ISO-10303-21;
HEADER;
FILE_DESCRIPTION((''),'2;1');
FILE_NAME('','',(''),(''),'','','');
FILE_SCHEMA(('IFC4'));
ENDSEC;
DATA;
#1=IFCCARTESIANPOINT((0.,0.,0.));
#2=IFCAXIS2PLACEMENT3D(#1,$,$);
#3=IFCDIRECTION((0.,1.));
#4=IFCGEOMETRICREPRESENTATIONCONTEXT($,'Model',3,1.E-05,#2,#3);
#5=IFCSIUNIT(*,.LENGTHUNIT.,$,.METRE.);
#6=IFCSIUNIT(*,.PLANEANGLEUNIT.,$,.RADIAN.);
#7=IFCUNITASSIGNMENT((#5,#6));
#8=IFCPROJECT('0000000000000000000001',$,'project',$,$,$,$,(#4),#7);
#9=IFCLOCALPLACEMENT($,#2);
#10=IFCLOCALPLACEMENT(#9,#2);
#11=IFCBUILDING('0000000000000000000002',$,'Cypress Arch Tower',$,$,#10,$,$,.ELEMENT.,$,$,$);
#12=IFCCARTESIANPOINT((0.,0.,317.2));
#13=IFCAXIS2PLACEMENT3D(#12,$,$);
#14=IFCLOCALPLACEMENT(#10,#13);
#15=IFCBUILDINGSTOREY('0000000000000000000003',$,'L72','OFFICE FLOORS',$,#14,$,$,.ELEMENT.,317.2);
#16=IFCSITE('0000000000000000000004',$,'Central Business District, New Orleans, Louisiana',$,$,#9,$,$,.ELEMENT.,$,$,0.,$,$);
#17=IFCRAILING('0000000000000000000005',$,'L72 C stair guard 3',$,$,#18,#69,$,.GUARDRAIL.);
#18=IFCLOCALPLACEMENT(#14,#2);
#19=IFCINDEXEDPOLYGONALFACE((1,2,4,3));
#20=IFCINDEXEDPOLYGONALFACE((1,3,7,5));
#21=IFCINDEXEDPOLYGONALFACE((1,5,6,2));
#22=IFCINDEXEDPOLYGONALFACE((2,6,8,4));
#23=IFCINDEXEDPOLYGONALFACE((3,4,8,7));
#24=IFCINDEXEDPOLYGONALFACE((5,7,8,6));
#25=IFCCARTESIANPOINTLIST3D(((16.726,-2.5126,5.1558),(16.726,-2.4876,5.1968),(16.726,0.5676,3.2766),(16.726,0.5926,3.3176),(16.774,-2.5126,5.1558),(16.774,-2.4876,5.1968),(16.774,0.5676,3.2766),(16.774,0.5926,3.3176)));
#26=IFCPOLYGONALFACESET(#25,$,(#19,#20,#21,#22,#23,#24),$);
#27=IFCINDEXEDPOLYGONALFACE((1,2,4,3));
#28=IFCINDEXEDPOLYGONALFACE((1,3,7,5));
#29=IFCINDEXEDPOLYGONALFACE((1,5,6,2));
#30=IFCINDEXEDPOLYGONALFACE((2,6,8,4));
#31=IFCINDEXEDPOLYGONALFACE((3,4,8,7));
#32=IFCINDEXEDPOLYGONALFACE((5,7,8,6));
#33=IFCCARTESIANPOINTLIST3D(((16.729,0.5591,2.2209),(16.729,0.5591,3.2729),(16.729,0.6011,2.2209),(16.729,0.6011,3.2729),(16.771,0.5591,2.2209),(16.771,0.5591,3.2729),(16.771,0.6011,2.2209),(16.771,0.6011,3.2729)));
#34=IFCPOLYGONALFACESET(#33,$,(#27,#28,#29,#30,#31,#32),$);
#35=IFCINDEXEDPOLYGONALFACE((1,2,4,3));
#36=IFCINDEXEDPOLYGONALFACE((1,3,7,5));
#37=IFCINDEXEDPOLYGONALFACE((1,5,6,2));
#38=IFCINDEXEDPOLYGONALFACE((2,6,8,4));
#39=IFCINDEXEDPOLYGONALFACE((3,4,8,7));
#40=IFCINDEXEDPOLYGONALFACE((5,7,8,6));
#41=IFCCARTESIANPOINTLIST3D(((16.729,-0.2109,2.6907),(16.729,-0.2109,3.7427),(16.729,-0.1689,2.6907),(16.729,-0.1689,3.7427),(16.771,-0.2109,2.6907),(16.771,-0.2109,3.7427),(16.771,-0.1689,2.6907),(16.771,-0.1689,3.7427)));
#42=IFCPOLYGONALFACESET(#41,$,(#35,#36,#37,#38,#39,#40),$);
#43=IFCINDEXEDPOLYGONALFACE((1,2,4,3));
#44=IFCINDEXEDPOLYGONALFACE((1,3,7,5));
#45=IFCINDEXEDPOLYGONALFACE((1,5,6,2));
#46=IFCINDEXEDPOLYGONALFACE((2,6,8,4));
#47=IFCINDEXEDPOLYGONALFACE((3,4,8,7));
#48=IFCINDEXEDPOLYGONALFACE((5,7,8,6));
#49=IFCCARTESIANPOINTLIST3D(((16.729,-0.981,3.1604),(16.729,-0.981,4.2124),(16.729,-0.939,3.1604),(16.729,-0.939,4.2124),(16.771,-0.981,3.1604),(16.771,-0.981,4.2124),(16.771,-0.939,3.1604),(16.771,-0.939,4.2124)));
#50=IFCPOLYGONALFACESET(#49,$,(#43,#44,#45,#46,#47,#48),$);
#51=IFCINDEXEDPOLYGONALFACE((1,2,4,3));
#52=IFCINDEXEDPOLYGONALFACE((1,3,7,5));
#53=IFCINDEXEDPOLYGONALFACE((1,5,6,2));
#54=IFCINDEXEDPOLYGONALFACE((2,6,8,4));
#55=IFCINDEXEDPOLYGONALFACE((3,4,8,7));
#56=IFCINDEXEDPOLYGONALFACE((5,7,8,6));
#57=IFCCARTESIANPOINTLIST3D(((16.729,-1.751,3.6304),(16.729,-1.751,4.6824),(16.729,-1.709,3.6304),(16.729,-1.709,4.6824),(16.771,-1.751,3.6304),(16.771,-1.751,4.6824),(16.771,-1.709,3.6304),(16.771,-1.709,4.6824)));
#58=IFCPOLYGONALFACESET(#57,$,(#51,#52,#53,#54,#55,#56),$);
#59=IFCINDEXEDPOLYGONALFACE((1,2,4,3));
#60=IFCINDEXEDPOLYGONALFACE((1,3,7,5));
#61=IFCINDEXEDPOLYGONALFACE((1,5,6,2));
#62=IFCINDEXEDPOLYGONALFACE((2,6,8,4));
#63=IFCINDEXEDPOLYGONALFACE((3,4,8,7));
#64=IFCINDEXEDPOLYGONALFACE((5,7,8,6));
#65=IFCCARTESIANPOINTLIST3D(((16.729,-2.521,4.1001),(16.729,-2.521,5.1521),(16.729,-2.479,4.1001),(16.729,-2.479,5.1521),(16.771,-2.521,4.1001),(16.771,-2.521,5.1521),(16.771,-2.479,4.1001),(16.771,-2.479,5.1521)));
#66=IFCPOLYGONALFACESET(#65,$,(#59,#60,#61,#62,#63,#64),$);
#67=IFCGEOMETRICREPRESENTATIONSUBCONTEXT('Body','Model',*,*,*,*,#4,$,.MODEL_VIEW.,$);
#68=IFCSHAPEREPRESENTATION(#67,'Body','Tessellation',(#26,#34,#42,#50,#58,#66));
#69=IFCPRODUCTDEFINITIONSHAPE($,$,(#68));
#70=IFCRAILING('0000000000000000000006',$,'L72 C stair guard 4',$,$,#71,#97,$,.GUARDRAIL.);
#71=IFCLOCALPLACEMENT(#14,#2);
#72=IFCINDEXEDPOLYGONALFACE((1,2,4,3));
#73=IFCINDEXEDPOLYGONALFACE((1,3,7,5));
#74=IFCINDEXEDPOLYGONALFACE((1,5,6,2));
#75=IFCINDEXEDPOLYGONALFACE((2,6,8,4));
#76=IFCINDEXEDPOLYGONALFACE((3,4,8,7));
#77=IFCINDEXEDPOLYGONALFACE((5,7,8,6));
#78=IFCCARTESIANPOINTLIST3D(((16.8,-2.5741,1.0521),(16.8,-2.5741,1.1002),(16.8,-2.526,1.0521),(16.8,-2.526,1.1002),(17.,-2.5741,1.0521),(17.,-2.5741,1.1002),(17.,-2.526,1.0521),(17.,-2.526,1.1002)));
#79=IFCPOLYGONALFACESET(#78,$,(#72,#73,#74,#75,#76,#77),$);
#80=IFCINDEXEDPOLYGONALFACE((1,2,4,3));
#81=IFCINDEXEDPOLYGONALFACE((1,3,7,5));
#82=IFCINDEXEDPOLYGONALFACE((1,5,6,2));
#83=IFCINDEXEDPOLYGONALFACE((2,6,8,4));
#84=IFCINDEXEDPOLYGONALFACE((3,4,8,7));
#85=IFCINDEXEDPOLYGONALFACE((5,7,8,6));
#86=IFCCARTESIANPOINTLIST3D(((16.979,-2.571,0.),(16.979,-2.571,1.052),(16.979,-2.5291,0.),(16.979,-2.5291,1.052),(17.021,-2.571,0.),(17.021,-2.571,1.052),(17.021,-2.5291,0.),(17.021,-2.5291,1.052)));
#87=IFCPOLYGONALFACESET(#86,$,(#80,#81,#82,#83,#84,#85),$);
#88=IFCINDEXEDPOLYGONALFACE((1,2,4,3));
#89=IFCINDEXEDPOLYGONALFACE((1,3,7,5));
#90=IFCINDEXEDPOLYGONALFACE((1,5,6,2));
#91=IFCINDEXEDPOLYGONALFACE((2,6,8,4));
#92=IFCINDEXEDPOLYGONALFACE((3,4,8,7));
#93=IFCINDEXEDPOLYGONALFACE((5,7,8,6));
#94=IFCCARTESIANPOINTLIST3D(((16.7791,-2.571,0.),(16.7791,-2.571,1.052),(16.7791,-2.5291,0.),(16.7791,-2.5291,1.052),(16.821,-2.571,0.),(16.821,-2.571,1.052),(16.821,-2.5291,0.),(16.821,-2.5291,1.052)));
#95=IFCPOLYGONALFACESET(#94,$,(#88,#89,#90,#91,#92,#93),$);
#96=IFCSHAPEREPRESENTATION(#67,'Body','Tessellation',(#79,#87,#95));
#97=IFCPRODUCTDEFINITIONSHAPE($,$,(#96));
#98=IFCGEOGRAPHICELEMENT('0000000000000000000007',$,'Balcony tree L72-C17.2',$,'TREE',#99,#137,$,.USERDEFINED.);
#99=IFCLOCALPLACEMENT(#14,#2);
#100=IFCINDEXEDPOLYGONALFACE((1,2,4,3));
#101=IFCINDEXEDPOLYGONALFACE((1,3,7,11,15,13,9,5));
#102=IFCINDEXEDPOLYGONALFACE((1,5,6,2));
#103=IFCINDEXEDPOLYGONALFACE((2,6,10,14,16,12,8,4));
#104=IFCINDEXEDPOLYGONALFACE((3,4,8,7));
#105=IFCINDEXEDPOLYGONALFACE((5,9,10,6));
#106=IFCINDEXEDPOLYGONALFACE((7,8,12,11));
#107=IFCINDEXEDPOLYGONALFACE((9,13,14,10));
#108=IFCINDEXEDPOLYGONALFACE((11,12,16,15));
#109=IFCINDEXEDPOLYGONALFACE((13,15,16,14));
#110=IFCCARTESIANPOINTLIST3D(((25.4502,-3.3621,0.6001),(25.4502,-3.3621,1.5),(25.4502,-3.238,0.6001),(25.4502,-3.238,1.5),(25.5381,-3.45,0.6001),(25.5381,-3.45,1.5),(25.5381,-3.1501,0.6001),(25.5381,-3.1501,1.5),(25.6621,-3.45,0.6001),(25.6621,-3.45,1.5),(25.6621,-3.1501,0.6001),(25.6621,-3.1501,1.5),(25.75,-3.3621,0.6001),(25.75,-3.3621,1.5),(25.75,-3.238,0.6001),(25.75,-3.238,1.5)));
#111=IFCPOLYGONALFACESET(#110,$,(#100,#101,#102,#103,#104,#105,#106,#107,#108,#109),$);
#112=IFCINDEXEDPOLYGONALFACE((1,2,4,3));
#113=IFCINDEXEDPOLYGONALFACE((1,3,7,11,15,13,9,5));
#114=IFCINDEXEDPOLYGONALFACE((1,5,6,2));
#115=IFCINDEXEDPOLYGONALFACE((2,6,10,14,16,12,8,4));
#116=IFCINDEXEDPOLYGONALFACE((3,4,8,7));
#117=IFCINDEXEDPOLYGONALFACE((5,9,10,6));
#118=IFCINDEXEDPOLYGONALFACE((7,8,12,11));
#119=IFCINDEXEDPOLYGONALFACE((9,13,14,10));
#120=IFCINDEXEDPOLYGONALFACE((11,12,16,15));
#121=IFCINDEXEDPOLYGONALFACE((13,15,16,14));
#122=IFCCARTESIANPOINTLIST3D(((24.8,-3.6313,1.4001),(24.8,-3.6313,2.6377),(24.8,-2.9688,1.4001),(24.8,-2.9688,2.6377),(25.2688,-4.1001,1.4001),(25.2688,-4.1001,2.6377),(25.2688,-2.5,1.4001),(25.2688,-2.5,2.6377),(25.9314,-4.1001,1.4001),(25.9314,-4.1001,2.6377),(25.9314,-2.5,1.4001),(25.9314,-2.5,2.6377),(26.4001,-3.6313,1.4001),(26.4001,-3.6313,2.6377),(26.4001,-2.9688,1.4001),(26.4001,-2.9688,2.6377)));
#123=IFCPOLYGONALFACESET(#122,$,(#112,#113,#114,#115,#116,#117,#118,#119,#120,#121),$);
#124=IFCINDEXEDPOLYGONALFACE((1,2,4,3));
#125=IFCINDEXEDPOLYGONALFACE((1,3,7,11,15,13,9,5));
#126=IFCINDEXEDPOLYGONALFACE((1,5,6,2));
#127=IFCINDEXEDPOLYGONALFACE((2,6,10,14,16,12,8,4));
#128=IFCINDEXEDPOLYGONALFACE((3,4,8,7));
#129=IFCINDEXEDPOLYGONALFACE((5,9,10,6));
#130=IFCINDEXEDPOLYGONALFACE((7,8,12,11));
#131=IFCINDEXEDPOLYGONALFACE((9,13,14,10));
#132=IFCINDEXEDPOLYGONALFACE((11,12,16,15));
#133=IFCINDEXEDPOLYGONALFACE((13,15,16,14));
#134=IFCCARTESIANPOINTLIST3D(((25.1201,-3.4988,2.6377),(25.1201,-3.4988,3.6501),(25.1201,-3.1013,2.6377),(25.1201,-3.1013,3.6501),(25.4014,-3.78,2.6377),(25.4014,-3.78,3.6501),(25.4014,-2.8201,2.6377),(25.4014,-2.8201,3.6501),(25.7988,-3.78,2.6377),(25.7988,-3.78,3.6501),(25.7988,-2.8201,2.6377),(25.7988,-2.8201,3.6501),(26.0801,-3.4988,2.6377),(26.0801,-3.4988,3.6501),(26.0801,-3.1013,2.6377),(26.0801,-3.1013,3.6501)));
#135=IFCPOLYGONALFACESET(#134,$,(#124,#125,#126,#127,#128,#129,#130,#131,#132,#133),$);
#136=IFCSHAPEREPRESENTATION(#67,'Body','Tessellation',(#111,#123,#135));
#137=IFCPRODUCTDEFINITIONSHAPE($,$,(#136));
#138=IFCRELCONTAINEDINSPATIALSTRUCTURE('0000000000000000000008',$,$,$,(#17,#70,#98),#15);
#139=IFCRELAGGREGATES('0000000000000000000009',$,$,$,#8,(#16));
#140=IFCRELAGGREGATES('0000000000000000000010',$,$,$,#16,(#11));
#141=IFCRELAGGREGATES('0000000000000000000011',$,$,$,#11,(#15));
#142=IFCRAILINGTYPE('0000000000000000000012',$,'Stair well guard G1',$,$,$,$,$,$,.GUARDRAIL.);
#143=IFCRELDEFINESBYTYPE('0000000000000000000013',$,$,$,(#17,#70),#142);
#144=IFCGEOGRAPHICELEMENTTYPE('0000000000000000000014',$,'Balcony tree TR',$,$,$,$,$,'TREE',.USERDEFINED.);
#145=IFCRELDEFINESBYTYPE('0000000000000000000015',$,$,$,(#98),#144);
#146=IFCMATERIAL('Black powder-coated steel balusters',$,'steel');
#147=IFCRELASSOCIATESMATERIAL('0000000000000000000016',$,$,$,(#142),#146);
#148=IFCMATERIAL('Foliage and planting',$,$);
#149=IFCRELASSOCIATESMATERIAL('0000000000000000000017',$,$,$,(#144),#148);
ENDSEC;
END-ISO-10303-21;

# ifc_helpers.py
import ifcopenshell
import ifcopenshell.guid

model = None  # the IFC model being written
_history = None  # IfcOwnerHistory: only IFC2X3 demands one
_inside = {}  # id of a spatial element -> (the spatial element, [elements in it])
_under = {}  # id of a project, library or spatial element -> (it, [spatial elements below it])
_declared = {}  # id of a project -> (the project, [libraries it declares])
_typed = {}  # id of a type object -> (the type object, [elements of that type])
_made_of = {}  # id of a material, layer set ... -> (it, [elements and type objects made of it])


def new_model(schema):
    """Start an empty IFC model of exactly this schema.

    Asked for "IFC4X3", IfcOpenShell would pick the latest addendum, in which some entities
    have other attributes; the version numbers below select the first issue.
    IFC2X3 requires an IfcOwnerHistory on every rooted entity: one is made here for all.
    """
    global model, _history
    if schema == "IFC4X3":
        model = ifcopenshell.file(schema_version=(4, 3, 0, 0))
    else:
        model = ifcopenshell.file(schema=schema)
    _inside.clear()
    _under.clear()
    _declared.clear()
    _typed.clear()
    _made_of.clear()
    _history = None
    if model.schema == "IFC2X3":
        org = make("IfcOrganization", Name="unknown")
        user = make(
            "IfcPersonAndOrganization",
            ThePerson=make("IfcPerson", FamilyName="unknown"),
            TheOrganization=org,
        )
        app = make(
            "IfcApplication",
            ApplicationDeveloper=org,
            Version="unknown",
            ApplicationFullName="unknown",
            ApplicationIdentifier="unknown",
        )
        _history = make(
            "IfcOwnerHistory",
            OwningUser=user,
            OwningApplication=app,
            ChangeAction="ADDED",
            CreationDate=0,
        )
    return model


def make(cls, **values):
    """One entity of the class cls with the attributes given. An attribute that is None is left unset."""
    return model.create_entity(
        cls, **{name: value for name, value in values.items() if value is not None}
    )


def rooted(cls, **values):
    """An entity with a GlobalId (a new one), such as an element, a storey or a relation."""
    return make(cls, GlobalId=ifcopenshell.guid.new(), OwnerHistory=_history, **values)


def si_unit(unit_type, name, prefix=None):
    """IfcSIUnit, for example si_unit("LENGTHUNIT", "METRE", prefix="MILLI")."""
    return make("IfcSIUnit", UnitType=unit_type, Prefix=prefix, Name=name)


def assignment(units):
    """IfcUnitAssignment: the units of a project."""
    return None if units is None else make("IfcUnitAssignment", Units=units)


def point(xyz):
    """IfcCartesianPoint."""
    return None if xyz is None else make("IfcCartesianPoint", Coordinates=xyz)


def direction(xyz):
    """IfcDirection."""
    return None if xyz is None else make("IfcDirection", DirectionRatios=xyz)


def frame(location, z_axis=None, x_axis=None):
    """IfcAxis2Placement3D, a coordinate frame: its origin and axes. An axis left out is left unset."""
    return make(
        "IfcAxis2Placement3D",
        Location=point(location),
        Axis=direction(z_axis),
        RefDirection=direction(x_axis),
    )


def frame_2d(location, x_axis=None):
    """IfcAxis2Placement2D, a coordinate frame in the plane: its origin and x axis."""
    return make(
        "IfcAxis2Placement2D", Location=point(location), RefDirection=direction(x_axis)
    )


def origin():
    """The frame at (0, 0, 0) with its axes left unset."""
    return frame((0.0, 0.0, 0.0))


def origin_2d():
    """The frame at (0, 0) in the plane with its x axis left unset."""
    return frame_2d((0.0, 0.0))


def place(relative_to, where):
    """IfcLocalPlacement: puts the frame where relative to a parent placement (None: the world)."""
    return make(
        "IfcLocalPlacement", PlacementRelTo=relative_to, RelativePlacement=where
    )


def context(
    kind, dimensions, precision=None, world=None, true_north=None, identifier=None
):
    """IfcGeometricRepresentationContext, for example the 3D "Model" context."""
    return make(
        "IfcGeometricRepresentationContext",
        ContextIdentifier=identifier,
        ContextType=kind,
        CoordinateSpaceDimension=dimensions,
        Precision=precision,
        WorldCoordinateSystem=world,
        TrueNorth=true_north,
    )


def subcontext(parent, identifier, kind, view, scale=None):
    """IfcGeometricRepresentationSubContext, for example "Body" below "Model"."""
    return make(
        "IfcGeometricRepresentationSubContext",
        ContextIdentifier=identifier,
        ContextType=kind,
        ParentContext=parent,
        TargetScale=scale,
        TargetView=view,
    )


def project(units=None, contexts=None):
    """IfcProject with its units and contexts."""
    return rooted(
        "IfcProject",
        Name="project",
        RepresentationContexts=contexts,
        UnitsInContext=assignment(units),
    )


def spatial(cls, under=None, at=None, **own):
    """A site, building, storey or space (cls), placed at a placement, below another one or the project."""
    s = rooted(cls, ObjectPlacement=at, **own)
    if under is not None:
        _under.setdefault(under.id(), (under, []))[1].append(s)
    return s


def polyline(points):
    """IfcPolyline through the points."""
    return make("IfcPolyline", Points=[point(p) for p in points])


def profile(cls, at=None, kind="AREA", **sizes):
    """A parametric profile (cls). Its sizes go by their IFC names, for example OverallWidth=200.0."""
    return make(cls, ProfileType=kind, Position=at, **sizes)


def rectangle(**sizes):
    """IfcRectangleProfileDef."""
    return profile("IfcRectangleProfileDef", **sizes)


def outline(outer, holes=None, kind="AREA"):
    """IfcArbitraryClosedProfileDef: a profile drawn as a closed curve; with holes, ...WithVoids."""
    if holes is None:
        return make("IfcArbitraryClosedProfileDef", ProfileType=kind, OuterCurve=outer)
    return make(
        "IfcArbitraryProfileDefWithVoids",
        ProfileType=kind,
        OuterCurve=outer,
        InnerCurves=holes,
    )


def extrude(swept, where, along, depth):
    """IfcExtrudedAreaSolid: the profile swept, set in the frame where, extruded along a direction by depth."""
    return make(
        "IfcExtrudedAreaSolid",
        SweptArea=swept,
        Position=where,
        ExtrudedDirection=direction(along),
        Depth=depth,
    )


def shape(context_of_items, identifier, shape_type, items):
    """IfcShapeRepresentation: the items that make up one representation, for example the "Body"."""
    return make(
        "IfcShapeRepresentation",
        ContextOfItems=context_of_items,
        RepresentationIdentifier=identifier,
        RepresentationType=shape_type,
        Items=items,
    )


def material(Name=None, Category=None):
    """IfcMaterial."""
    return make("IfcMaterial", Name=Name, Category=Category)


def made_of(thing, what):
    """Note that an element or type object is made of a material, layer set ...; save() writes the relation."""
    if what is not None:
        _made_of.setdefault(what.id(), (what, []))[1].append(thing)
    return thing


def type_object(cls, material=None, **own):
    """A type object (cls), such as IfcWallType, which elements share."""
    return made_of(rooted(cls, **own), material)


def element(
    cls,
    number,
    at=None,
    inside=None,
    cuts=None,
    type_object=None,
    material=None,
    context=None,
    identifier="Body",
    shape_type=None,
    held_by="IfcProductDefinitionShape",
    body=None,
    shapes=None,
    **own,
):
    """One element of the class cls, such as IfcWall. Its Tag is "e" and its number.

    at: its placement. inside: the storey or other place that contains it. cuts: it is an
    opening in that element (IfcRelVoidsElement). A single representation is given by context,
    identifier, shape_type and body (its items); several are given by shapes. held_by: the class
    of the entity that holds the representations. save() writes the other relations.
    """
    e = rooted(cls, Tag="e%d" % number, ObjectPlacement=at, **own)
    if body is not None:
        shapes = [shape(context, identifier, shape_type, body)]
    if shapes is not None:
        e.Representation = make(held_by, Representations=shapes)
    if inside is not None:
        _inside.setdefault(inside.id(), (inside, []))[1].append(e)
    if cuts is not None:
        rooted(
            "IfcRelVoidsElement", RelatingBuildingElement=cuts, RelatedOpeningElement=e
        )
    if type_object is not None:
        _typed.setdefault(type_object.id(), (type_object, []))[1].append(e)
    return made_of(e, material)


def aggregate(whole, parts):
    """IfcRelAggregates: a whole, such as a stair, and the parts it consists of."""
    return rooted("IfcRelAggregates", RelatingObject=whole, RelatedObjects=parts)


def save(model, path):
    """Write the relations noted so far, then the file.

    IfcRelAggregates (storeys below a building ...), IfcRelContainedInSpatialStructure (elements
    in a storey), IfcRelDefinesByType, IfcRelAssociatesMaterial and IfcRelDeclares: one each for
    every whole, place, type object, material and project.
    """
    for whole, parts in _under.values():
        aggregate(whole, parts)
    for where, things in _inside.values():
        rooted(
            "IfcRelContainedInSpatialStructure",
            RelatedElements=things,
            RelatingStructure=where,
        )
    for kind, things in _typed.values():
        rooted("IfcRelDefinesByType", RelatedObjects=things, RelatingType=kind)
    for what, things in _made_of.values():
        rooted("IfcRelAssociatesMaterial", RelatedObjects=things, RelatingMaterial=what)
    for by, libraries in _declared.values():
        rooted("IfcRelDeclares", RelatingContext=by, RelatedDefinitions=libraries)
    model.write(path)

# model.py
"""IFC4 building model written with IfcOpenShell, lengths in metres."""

from ifc_helpers import new_model, si_unit, direction, frame, origin, origin_2d, place, context, subcontext, project, spatial, polyline, rectangle, outline, extrude, material, type_object, element, save


model = new_model("IFC4")

# Units and contexts
model_context = context("Model", 3, precision=1e-05, world=origin(), true_north=direction((0.0, 1.0)))
body_context = subcontext(model_context, "Body", "Model", "MODEL_VIEW")
ifc_project = project(units=[si_unit("LENGTHUNIT", "METRE"), si_unit("PLANEANGLEUNIT", "RADIAN")], contexts=[model_context])

# Site, building, storey
site_placement = place(None, origin())
site = spatial("IfcSite", under=ifc_project, at=site_placement, Name="Central Business District, New Orleans, Louisiana", CompositionType="ELEMENT", RefElevation=0.0)
building_placement = place(site_placement, origin())
building = spatial("IfcBuilding", under=site, at=building_placement, Name="Cypress Arch Tower", CompositionType="ELEMENT")
storey_placement = place(building_placement, frame((0.0, 0.0, 317.2)))
storey = spatial("IfcBuildingStorey", under=building, at=storey_placement, Name="L72", Description="OFFICE FLOORS", CompositionType="ELEMENT", Elevation=317.2)

# Railings
ifc_material_1 = material(Name="Black powder-coated steel balusters", Category="steel")
railing_type_1 = type_object("IfcRailingType", Name="Stair well guard G1", PredefinedType="GUARDRAIL", material=ifc_material_1)
railing_1_placement = place(storey_placement, frame((16.75, 0.5801, 2.2209)))
element("IfcRailing", 1, at=railing_1_placement, inside=storey, type_object=railing_type_1, Name="L72 C stair guard 3", PredefinedType="GUARDRAIL", context=body_context, shape_type="SweptSolid", body=[
    extrude(rectangle(XDim=0.0481, YDim=0.0481, at=origin_2d()), frame((0.0, 0.0, 1.0762), z_axis=(0.0, -0.853666, 0.52082), x_axis=(1.0, 0.0, 0.0)), (0.0, 0.0, 1.0), 3.6082),
    extrude(rectangle(XDim=0.042, YDim=0.042, at=origin_2d()), origin(), (0.0, 0.0, 1.0), 1.052),
    extrude(rectangle(XDim=0.042, YDim=0.042, at=origin_2d()), frame((0.0, -0.77, 0.4697)), (0.0, 0.0, 1.0), 1.052),
    extrude(rectangle(XDim=0.042, YDim=0.042, at=origin_2d()), frame((0.0, -1.54, 0.9395)), (0.0, 0.0, 1.0), 1.052),
    extrude(rectangle(XDim=0.042, YDim=0.042, at=origin_2d()), frame((0.0, -2.3101, 1.4094)), (0.0, 0.0, 1.0), 1.052),
    extrude(rectangle(XDim=0.042, YDim=0.042, at=origin_2d()), frame((0.0, -3.0801, 1.8792)), (0.0, 0.0, 1.0), 1.052),
])
railing_2_placement = place(storey_placement, frame((17.0, -2.55, 0.0)))
element("IfcRailing", 2, at=railing_2_placement, inside=storey, type_object=railing_type_1, Name="L72 C stair guard 4", PredefinedType="GUARDRAIL", context=body_context, shape_type="SweptSolid", body=[
    extrude(rectangle(XDim=0.0481, YDim=0.0481, at=origin_2d()), frame((0.0, 0.0, 1.0762), z_axis=(-1.0, 0.0, 0.0), x_axis=(0.0, -1.0, 0.0)), (0.0, 0.0, 1.0), 0.2),
    extrude(rectangle(XDim=0.042, YDim=0.042, at=origin_2d()), origin(), (0.0, 0.0, 1.0), 1.052),
    extrude(rectangle(XDim=0.042, YDim=0.042, at=origin_2d()), frame((-0.2, 0.0, 0.0)), (0.0, 0.0, 1.0), 1.052),
])

# Geographic element
ifc_material_2 = material(Name="Foliage and planting")
geographic_element_type = type_object("IfcGeographicElementType", Name="Balcony tree TR", ElementType="TREE", PredefinedType="USERDEFINED", material=ifc_material_2)
geographic_element_placement = place(storey_placement, frame((25.6001, -3.3, 0.6001), z_axis=(0.0, 0.0, 1.0), x_axis=(1.0, 0.0, 0.0)))
element("IfcGeographicElement", 3, at=geographic_element_placement, inside=storey, type_object=geographic_element_type, Name="Balcony tree L72-C17.2", ObjectType="TREE", PredefinedType="USERDEFINED", context=body_context, shape_type="SweptSolid", body=[
    extrude(outline(polyline([(0.1499, 0.062), (0.062, 0.1499), (-0.062, 0.1499), (-0.1499, 0.062), (-0.1499, -0.062), (-0.062, -0.1499), (0.062, -0.1499), (0.1499, -0.062), (0.1499, 0.062)])), origin(), (0.0, 0.0, 1.0), 0.8999),
    extrude(outline(polyline([(0.8, 0.3313), (0.3313, 0.8), (-0.3313, 0.8), (-0.8, 0.3313), (-0.8, -0.3313), (-0.3313, -0.8), (0.3313, -0.8), (0.8, -0.3313), (0.8, 0.3313)])), frame((0.0, 0.0, 0.8)), (0.0, 0.0, 1.0), 1.2375),
    extrude(outline(polyline([(0.48, 0.1987), (0.1987, 0.48), (-0.1987, 0.48), (-0.48, 0.1987), (-0.48, -0.1987), (-0.1987, -0.48), (0.1987, -0.48), (0.48, -0.1987), (0.48, 0.1987)])), frame((0.0, 0.0, 2.0376)), (0.0, 0.0, 1.0), 1.0125),
])

save(model, "model.ifc")
